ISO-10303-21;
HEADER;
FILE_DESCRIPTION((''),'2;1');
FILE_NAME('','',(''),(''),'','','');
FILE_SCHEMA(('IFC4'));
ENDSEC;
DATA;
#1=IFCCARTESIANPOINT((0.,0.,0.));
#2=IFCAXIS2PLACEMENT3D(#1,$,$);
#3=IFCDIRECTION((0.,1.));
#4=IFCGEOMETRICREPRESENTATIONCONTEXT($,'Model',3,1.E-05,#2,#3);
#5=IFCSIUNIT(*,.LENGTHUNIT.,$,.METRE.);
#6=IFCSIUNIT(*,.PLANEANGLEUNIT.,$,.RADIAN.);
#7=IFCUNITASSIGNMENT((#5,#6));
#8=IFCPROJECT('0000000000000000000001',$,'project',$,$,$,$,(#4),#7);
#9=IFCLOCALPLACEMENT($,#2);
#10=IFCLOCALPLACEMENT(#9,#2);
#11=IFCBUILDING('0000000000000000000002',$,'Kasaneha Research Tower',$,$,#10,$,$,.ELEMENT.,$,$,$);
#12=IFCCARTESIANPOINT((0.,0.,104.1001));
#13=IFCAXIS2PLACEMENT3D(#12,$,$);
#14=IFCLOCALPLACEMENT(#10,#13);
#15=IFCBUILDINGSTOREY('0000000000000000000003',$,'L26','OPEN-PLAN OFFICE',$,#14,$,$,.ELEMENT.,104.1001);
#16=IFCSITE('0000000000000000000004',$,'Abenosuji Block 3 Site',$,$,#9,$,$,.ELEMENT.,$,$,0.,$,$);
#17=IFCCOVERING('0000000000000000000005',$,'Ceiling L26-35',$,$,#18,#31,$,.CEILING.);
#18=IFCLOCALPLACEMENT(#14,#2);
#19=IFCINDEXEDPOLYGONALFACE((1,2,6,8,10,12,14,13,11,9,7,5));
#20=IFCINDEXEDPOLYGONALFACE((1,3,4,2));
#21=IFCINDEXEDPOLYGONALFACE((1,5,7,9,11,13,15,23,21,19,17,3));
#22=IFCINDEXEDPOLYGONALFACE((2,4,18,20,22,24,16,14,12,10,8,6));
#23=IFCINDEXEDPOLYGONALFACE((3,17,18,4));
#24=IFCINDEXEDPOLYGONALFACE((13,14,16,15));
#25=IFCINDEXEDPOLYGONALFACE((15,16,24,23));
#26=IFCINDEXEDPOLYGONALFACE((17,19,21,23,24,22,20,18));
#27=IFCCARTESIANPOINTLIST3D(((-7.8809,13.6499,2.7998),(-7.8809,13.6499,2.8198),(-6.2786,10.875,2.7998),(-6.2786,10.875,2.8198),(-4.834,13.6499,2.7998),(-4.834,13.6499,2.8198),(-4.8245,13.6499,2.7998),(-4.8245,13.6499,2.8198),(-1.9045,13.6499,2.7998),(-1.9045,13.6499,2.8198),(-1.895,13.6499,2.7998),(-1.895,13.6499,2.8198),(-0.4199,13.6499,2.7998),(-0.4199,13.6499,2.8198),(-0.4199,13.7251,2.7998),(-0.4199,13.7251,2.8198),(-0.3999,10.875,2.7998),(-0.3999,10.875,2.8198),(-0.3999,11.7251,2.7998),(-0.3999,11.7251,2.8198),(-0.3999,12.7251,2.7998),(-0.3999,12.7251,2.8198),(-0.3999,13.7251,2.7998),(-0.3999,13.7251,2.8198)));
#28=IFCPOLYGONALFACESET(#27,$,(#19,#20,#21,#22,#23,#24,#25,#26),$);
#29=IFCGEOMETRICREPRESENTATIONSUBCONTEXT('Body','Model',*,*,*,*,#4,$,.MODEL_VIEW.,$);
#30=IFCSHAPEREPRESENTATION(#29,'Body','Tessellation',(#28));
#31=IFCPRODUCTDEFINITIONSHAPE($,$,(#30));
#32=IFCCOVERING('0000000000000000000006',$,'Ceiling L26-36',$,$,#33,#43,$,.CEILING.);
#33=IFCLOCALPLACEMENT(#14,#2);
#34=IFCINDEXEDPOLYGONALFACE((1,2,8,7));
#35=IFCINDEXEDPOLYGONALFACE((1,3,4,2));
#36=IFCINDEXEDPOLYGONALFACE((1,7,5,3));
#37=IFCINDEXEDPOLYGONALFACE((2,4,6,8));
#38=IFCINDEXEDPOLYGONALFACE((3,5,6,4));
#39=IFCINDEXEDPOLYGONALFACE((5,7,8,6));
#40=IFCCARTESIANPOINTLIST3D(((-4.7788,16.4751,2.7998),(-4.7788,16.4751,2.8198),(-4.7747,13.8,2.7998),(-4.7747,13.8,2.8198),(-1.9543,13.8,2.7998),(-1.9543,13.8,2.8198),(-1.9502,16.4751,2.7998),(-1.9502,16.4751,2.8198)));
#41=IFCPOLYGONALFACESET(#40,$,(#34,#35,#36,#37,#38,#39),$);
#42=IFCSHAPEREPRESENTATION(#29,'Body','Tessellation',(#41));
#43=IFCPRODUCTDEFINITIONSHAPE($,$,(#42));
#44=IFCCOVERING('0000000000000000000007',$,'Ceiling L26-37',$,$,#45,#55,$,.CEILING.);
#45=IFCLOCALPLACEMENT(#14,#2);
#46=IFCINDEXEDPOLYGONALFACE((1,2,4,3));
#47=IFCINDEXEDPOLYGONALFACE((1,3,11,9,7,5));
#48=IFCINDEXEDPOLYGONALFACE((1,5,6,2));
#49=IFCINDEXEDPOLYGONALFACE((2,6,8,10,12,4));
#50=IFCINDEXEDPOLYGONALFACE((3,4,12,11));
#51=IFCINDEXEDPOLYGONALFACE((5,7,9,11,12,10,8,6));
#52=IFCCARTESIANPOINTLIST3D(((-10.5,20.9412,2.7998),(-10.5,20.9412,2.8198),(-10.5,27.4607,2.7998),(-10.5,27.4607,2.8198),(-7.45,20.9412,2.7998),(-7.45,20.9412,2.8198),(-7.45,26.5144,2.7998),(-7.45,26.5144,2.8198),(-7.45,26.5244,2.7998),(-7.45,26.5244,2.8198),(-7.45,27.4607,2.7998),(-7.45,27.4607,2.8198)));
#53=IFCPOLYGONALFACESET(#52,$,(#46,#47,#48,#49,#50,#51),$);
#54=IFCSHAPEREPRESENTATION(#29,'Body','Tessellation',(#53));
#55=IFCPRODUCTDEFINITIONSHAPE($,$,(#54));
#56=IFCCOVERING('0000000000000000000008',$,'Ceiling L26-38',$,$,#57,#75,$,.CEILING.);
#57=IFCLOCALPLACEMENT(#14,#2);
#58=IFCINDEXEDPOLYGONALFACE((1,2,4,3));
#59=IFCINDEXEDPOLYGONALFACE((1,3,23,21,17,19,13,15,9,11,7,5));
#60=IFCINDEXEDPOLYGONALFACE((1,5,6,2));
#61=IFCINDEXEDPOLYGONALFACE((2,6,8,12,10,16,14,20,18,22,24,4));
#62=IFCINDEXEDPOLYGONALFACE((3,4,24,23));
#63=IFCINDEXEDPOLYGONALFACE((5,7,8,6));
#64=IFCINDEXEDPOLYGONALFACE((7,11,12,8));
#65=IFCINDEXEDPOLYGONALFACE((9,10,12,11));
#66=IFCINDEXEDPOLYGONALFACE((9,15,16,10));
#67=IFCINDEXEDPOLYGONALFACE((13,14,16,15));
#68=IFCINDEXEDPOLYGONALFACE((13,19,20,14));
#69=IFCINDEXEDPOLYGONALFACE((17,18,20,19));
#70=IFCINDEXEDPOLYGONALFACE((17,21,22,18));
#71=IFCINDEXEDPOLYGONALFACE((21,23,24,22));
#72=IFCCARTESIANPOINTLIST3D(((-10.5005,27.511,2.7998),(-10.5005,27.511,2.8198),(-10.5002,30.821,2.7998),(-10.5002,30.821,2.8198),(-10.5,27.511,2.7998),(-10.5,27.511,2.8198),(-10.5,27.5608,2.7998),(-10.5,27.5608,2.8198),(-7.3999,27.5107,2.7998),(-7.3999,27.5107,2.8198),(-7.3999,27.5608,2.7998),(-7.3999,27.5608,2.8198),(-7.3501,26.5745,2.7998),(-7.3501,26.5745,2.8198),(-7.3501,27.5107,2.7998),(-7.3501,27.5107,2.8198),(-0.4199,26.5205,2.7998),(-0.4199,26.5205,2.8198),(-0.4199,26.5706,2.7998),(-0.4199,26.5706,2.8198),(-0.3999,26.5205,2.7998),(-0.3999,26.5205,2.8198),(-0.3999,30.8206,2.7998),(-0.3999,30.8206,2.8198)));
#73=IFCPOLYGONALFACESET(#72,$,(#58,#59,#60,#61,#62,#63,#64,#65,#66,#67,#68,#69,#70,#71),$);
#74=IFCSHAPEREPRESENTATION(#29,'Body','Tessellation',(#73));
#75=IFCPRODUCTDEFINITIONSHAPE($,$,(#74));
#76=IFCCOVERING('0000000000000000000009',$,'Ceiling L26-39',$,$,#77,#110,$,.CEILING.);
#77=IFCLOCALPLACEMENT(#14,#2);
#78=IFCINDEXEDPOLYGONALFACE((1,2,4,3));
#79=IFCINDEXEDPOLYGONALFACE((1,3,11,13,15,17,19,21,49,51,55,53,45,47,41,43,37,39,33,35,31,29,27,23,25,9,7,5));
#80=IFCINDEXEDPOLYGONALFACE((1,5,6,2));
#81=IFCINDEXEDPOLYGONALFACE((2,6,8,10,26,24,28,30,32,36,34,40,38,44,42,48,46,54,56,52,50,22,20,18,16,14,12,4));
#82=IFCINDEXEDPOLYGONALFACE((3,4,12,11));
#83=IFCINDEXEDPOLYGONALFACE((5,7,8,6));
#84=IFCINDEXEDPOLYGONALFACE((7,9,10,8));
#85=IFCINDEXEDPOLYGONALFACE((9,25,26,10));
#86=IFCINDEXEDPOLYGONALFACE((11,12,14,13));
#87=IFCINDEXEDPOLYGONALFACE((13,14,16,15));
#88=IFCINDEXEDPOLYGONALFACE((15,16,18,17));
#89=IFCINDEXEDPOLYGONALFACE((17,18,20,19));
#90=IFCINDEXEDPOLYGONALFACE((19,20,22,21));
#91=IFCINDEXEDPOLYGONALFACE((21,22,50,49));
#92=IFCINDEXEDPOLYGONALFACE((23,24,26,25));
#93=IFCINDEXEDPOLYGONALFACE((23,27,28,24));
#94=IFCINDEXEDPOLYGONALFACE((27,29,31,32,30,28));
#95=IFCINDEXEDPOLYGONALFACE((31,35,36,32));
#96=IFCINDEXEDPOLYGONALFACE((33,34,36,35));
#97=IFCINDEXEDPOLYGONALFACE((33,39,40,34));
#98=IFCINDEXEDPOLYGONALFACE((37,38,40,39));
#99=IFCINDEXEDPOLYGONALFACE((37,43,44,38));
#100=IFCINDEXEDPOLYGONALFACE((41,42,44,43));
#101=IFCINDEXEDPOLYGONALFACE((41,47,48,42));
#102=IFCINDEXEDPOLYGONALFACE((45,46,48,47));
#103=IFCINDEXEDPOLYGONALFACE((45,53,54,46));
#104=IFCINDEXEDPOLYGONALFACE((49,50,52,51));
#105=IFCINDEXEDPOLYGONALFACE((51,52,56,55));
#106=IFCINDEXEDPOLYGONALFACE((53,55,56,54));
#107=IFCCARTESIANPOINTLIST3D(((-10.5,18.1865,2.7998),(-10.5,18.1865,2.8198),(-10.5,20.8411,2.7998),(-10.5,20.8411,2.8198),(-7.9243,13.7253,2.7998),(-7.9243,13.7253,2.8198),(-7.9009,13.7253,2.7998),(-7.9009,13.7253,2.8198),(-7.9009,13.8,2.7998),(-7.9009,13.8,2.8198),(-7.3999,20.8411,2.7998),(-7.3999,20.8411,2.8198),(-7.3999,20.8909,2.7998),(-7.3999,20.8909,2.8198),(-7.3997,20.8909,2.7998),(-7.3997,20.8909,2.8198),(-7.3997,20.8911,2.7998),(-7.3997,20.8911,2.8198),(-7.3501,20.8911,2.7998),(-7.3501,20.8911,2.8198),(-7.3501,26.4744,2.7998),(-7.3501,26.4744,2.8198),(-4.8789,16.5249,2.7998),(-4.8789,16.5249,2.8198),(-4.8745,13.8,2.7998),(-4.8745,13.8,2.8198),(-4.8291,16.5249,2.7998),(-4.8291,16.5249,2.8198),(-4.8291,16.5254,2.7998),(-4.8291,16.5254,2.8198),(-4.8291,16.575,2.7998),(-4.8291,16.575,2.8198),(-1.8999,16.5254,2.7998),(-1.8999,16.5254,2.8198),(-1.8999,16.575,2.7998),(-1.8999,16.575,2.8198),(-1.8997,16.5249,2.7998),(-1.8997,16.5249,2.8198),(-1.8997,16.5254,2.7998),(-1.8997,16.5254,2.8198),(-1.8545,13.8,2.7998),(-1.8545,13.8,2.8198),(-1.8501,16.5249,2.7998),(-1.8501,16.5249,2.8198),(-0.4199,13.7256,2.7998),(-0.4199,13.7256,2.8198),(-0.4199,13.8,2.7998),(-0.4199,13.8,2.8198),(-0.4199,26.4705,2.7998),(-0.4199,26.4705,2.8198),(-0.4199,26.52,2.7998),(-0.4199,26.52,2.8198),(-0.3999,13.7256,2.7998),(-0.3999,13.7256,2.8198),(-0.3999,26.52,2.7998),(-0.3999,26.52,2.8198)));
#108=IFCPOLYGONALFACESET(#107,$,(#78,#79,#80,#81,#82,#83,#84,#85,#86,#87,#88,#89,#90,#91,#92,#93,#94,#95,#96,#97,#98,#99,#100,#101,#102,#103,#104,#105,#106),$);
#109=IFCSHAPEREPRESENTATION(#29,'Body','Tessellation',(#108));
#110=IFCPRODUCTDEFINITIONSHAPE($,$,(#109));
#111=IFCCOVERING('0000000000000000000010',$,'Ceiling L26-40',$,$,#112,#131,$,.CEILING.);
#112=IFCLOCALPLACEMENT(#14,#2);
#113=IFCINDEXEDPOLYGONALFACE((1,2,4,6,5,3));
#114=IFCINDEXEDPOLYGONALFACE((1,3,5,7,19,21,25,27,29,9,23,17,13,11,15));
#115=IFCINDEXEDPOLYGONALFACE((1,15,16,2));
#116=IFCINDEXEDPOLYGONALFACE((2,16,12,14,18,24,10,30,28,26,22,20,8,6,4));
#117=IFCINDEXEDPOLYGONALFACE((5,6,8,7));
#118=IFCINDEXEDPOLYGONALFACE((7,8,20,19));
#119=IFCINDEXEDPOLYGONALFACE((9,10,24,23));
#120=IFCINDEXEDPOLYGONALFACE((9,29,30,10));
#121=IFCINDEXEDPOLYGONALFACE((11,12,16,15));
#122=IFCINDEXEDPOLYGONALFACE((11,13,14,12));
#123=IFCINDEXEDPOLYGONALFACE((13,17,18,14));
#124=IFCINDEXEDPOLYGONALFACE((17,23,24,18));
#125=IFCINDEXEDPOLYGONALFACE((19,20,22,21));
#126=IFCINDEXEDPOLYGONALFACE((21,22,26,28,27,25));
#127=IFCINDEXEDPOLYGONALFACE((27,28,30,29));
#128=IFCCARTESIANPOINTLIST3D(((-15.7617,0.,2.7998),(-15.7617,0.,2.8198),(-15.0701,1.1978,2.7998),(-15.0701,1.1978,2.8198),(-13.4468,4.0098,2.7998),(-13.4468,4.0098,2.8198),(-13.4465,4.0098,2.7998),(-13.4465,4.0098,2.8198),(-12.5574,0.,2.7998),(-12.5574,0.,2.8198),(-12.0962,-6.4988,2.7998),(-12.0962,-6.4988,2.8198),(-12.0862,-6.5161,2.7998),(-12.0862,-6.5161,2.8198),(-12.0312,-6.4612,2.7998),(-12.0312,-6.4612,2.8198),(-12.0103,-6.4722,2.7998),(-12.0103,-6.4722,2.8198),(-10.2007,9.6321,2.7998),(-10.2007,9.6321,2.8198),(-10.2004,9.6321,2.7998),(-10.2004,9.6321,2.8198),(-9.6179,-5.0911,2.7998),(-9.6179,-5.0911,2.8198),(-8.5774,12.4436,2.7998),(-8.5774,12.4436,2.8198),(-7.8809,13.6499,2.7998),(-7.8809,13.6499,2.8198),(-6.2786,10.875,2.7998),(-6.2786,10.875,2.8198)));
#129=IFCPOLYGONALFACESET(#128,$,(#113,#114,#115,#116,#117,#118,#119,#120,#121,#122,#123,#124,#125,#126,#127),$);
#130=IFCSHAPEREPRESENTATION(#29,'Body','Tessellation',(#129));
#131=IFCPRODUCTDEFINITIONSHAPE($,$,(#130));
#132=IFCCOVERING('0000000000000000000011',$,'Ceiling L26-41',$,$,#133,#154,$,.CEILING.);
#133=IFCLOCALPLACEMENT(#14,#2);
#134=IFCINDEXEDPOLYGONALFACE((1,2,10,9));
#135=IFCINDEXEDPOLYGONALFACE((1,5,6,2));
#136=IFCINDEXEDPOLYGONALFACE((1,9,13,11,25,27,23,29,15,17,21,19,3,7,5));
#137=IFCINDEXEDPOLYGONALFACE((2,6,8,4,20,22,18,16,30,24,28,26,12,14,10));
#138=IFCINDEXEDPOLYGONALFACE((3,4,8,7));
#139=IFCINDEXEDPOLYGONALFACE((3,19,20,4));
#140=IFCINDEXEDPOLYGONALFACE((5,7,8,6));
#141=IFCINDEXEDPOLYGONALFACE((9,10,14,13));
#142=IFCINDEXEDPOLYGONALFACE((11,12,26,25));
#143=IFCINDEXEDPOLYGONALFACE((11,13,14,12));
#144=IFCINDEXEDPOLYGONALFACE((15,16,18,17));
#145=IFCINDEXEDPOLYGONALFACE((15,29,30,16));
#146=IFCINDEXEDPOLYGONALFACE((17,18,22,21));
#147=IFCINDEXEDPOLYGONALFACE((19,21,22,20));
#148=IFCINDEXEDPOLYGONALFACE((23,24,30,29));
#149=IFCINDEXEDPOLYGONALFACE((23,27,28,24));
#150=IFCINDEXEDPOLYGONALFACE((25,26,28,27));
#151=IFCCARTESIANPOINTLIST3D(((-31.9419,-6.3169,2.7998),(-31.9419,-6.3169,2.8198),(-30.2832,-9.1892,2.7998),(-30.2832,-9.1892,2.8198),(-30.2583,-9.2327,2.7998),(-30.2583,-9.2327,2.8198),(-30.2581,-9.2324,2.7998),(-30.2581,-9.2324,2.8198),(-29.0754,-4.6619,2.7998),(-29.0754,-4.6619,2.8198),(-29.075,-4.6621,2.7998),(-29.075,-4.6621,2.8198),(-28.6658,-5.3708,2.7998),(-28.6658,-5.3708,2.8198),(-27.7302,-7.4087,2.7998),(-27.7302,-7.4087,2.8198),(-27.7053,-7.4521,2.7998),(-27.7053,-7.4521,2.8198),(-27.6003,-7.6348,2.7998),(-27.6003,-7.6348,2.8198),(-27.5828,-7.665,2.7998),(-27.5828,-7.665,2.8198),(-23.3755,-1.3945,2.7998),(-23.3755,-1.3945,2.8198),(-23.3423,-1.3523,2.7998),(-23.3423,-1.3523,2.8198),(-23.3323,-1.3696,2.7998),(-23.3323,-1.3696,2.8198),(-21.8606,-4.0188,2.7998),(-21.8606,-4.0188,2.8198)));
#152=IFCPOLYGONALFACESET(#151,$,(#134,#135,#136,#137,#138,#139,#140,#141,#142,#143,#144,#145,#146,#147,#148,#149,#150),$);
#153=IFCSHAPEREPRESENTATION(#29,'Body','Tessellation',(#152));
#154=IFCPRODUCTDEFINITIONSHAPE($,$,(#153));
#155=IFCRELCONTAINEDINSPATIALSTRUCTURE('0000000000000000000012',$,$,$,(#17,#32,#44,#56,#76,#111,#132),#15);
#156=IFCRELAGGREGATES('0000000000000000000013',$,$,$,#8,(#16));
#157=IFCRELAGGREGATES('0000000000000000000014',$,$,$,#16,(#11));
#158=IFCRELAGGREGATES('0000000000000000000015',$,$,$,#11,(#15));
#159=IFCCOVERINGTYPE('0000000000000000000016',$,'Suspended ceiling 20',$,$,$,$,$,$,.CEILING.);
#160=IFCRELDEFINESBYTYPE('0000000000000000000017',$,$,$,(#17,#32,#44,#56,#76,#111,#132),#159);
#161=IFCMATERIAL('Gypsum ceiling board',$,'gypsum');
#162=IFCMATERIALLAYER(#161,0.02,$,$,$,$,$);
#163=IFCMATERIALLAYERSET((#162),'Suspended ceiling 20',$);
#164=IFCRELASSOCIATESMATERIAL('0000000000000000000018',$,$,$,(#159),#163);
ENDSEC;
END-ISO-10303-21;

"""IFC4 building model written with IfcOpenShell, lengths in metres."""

from ifc_helpers import new_model, si_unit, direction, frame, origin, place, context, subcontext, project, spatial, polyline, outline, extrude, material, layer, layer_set, type_object, element, save


model = new_model("IFC4")

# Units and contexts
model_context = context("Model", 3, precision=1e-05, world=origin(), true_north=direction((0.0, 1.0)))
body_context = subcontext(model_context, "Body", "Model", "MODEL_VIEW")
ifc_project = project(units=[si_unit("LENGTHUNIT", "METRE"), si_unit("PLANEANGLEUNIT", "RADIAN")], contexts=[model_context])

# Site, building, storey
site_placement = place(None, origin())
site = spatial("IfcSite", under=ifc_project, at=site_placement, Name="Abenosuji Block 3 Site", CompositionType="ELEMENT", RefElevation=0.0)
building_placement = place(site_placement, origin())
building = spatial("IfcBuilding", under=site, at=building_placement, Name="Kasaneha Research Tower", CompositionType="ELEMENT")
storey_placement = place(building_placement, frame((0.0, 0.0, 104.1001)))
storey = spatial("IfcBuildingStorey", under=building, at=storey_placement, Name="L26", Description="OPEN-PLAN OFFICE", CompositionType="ELEMENT", Elevation=104.1001)

# Coverings
ifc_material_1 = material(Name="Gypsum ceiling board", Category="gypsum")
ifc_layer_1 = layer(ifc_material_1, 0.02)
ifc_layer_set_1 = layer_set([ifc_layer_1], Name="Suspended ceiling 20")
covering_type = type_object("IfcCoveringType", Name="Suspended ceiling 20", PredefinedType="CEILING", material=ifc_layer_set_1)
covering_1_placement = place(storey_placement, frame((0.0, 0.0, 2.7998)))
element("IfcCovering", 1, at=covering_1_placement, inside=storey, type_object=covering_type, Name="Ceiling L26-35", PredefinedType="CEILING", context=body_context, shape_type="SweptSolid", body=[
    extrude(outline(polyline([(-0.3999, 11.7251), (-0.3999, 10.875), (-6.2786, 10.875), (-7.8809, 13.6499), (-4.834, 13.6499), (-4.8245, 13.6499), (-1.9045, 13.6499), (-1.895, 13.6499), (-0.4199, 13.6499), (-0.4199, 13.7251), (-0.3999, 13.7251), (-0.3999, 12.7251), (-0.3999, 11.7251)])), origin(), (0.0, 0.0, 1.0), 0.02),
])
covering_2_placement = place(storey_placement, frame((0.0, 0.0, 2.7998)))
element("IfcCovering", 2, at=covering_2_placement, inside=storey, type_object=covering_type, Name="Ceiling L26-36", PredefinedType="CEILING", context=body_context, shape_type="SweptSolid", body=[
    extrude(outline(polyline([(-4.7747, 13.8), (-4.7788, 16.4751), (-1.9502, 16.4751), (-1.9543, 13.8), (-4.7747, 13.8)])), origin(), (0.0, 0.0, 1.0), 0.02),
])
covering_3_placement = place(storey_placement, frame((0.0, 0.0, 2.7998)))
element("IfcCovering", 3, at=covering_3_placement, inside=storey, type_object=covering_type, Name="Ceiling L26-37", PredefinedType="CEILING", context=body_context, shape_type="SweptSolid", body=[
    extrude(outline(polyline([(-10.5, 27.4607), (-7.45, 27.4607), (-7.45, 26.5244), (-7.45, 26.5144), (-7.45, 20.9412), (-10.5, 20.9412), (-10.5, 27.4607)])), origin(), (0.0, 0.0, 1.0), 0.02),
])
covering_4_placement = place(storey_placement, frame((0.0, 0.0, 2.7998)))
element("IfcCovering", 4, at=covering_4_placement, inside=storey, type_object=covering_type, Name="Ceiling L26-38", PredefinedType="CEILING", context=body_context, shape_type="SweptSolid", body=[
    extrude(outline(polyline([(-0.4199, 26.5205), (-0.4199, 26.5706), (-7.3501, 26.5745), (-7.3501, 27.5107), (-7.3999, 27.5107), (-7.3999, 27.5608), (-10.5, 27.5608), (-10.5, 27.511), (-10.5005, 27.511), (-10.5002, 30.821), (-0.3999, 30.8206), (-0.3999, 26.5205), (-0.4199, 26.5205)])), origin(), (0.0, 0.0, 1.0), 0.02),
])
covering_5_placement = place(storey_placement, frame((0.0, 0.0, 2.7998)))
element("IfcCovering", 5, at=covering_5_placement, inside=storey, type_object=covering_type, Name="Ceiling L26-39", PredefinedType="CEILING", context=body_context, shape_type="SweptSolid", body=[
    extrude(outline(polyline([(-1.8999, 16.5254), (-1.8999, 16.575), (-4.8291, 16.575), (-4.8291, 16.5254), (-4.8291, 16.5249), (-4.8789, 16.5249), (-4.8745, 13.8), (-7.9009, 13.8), (-7.9009, 13.7253), (-7.9243, 13.7253), (-10.5, 18.1865), (-10.5, 20.8411), (-7.3999, 20.8411), (-7.3999, 20.8909), (-7.3997, 20.8909), (-7.3997, 20.8911), (-7.3501, 20.8911), (-7.3501, 26.4744), (-0.4199, 26.4705), (-0.4199, 26.52), (-0.3999, 26.52), (-0.3999, 13.7256), (-0.4199, 13.7256), (-0.4199, 13.8), (-1.8545, 13.8), (-1.8501, 16.5249), (-1.8997, 16.5249), (-1.8997, 16.5254), (-1.8999, 16.5254)])), origin(), (0.0, 0.0, 1.0), 0.02),
])
covering_6_placement = place(storey_placement, frame((0.0, 0.0, 2.7998)))
element("IfcCovering", 6, at=covering_6_placement, inside=storey, type_object=covering_type, Name="Ceiling L26-40", PredefinedType="CEILING", context=body_context, shape_type="SweptSolid", body=[
    extrude(outline(polyline([(-12.5574, 0.0), (-9.6179, -5.0911), (-12.0103, -6.4722), (-12.0862, -6.5161), (-12.0962, -6.4988), (-12.0312, -6.4612), (-15.7617, 0.0), (-15.0701, 1.1978), (-15.0701, 1.1978), (-13.4468, 4.0098), (-13.4465, 4.0098), (-10.2007, 9.6321), (-10.2004, 9.6321), (-8.5774, 12.4436), (-8.5774, 12.4436), (-7.8809, 13.6499), (-7.8809, 13.6499), (-6.2786, 10.875), (-12.5574, 0.0)])), origin(), (0.0, 0.0, 1.0), 0.02),
])
covering_7_placement = place(storey_placement, frame((0.0, 0.0, 2.7998)))
element("IfcCovering", 7, at=covering_7_placement, inside=storey, type_object=covering_type, Name="Ceiling L26-41", PredefinedType="CEILING", context=body_context, shape_type="SweptSolid", body=[
    extrude(outline(polyline([(-23.3323, -1.3696), (-23.3755, -1.3945), (-21.8606, -4.0188), (-27.7302, -7.4087), (-27.7053, -7.4521), (-27.7053, -7.4521), (-27.5828, -7.665), (-27.6003, -7.6348), (-30.2832, -9.1892), (-30.2581, -9.2324), (-30.2583, -9.2327), (-31.9419, -6.3169), (-29.0754, -4.6619), (-28.6658, -5.3708), (-29.075, -4.6621), (-23.3423, -1.3523), (-23.3323, -1.3696)])), origin(), (0.0, 0.0, 1.0), 0.02),
])

save(model, "model.ifc")
